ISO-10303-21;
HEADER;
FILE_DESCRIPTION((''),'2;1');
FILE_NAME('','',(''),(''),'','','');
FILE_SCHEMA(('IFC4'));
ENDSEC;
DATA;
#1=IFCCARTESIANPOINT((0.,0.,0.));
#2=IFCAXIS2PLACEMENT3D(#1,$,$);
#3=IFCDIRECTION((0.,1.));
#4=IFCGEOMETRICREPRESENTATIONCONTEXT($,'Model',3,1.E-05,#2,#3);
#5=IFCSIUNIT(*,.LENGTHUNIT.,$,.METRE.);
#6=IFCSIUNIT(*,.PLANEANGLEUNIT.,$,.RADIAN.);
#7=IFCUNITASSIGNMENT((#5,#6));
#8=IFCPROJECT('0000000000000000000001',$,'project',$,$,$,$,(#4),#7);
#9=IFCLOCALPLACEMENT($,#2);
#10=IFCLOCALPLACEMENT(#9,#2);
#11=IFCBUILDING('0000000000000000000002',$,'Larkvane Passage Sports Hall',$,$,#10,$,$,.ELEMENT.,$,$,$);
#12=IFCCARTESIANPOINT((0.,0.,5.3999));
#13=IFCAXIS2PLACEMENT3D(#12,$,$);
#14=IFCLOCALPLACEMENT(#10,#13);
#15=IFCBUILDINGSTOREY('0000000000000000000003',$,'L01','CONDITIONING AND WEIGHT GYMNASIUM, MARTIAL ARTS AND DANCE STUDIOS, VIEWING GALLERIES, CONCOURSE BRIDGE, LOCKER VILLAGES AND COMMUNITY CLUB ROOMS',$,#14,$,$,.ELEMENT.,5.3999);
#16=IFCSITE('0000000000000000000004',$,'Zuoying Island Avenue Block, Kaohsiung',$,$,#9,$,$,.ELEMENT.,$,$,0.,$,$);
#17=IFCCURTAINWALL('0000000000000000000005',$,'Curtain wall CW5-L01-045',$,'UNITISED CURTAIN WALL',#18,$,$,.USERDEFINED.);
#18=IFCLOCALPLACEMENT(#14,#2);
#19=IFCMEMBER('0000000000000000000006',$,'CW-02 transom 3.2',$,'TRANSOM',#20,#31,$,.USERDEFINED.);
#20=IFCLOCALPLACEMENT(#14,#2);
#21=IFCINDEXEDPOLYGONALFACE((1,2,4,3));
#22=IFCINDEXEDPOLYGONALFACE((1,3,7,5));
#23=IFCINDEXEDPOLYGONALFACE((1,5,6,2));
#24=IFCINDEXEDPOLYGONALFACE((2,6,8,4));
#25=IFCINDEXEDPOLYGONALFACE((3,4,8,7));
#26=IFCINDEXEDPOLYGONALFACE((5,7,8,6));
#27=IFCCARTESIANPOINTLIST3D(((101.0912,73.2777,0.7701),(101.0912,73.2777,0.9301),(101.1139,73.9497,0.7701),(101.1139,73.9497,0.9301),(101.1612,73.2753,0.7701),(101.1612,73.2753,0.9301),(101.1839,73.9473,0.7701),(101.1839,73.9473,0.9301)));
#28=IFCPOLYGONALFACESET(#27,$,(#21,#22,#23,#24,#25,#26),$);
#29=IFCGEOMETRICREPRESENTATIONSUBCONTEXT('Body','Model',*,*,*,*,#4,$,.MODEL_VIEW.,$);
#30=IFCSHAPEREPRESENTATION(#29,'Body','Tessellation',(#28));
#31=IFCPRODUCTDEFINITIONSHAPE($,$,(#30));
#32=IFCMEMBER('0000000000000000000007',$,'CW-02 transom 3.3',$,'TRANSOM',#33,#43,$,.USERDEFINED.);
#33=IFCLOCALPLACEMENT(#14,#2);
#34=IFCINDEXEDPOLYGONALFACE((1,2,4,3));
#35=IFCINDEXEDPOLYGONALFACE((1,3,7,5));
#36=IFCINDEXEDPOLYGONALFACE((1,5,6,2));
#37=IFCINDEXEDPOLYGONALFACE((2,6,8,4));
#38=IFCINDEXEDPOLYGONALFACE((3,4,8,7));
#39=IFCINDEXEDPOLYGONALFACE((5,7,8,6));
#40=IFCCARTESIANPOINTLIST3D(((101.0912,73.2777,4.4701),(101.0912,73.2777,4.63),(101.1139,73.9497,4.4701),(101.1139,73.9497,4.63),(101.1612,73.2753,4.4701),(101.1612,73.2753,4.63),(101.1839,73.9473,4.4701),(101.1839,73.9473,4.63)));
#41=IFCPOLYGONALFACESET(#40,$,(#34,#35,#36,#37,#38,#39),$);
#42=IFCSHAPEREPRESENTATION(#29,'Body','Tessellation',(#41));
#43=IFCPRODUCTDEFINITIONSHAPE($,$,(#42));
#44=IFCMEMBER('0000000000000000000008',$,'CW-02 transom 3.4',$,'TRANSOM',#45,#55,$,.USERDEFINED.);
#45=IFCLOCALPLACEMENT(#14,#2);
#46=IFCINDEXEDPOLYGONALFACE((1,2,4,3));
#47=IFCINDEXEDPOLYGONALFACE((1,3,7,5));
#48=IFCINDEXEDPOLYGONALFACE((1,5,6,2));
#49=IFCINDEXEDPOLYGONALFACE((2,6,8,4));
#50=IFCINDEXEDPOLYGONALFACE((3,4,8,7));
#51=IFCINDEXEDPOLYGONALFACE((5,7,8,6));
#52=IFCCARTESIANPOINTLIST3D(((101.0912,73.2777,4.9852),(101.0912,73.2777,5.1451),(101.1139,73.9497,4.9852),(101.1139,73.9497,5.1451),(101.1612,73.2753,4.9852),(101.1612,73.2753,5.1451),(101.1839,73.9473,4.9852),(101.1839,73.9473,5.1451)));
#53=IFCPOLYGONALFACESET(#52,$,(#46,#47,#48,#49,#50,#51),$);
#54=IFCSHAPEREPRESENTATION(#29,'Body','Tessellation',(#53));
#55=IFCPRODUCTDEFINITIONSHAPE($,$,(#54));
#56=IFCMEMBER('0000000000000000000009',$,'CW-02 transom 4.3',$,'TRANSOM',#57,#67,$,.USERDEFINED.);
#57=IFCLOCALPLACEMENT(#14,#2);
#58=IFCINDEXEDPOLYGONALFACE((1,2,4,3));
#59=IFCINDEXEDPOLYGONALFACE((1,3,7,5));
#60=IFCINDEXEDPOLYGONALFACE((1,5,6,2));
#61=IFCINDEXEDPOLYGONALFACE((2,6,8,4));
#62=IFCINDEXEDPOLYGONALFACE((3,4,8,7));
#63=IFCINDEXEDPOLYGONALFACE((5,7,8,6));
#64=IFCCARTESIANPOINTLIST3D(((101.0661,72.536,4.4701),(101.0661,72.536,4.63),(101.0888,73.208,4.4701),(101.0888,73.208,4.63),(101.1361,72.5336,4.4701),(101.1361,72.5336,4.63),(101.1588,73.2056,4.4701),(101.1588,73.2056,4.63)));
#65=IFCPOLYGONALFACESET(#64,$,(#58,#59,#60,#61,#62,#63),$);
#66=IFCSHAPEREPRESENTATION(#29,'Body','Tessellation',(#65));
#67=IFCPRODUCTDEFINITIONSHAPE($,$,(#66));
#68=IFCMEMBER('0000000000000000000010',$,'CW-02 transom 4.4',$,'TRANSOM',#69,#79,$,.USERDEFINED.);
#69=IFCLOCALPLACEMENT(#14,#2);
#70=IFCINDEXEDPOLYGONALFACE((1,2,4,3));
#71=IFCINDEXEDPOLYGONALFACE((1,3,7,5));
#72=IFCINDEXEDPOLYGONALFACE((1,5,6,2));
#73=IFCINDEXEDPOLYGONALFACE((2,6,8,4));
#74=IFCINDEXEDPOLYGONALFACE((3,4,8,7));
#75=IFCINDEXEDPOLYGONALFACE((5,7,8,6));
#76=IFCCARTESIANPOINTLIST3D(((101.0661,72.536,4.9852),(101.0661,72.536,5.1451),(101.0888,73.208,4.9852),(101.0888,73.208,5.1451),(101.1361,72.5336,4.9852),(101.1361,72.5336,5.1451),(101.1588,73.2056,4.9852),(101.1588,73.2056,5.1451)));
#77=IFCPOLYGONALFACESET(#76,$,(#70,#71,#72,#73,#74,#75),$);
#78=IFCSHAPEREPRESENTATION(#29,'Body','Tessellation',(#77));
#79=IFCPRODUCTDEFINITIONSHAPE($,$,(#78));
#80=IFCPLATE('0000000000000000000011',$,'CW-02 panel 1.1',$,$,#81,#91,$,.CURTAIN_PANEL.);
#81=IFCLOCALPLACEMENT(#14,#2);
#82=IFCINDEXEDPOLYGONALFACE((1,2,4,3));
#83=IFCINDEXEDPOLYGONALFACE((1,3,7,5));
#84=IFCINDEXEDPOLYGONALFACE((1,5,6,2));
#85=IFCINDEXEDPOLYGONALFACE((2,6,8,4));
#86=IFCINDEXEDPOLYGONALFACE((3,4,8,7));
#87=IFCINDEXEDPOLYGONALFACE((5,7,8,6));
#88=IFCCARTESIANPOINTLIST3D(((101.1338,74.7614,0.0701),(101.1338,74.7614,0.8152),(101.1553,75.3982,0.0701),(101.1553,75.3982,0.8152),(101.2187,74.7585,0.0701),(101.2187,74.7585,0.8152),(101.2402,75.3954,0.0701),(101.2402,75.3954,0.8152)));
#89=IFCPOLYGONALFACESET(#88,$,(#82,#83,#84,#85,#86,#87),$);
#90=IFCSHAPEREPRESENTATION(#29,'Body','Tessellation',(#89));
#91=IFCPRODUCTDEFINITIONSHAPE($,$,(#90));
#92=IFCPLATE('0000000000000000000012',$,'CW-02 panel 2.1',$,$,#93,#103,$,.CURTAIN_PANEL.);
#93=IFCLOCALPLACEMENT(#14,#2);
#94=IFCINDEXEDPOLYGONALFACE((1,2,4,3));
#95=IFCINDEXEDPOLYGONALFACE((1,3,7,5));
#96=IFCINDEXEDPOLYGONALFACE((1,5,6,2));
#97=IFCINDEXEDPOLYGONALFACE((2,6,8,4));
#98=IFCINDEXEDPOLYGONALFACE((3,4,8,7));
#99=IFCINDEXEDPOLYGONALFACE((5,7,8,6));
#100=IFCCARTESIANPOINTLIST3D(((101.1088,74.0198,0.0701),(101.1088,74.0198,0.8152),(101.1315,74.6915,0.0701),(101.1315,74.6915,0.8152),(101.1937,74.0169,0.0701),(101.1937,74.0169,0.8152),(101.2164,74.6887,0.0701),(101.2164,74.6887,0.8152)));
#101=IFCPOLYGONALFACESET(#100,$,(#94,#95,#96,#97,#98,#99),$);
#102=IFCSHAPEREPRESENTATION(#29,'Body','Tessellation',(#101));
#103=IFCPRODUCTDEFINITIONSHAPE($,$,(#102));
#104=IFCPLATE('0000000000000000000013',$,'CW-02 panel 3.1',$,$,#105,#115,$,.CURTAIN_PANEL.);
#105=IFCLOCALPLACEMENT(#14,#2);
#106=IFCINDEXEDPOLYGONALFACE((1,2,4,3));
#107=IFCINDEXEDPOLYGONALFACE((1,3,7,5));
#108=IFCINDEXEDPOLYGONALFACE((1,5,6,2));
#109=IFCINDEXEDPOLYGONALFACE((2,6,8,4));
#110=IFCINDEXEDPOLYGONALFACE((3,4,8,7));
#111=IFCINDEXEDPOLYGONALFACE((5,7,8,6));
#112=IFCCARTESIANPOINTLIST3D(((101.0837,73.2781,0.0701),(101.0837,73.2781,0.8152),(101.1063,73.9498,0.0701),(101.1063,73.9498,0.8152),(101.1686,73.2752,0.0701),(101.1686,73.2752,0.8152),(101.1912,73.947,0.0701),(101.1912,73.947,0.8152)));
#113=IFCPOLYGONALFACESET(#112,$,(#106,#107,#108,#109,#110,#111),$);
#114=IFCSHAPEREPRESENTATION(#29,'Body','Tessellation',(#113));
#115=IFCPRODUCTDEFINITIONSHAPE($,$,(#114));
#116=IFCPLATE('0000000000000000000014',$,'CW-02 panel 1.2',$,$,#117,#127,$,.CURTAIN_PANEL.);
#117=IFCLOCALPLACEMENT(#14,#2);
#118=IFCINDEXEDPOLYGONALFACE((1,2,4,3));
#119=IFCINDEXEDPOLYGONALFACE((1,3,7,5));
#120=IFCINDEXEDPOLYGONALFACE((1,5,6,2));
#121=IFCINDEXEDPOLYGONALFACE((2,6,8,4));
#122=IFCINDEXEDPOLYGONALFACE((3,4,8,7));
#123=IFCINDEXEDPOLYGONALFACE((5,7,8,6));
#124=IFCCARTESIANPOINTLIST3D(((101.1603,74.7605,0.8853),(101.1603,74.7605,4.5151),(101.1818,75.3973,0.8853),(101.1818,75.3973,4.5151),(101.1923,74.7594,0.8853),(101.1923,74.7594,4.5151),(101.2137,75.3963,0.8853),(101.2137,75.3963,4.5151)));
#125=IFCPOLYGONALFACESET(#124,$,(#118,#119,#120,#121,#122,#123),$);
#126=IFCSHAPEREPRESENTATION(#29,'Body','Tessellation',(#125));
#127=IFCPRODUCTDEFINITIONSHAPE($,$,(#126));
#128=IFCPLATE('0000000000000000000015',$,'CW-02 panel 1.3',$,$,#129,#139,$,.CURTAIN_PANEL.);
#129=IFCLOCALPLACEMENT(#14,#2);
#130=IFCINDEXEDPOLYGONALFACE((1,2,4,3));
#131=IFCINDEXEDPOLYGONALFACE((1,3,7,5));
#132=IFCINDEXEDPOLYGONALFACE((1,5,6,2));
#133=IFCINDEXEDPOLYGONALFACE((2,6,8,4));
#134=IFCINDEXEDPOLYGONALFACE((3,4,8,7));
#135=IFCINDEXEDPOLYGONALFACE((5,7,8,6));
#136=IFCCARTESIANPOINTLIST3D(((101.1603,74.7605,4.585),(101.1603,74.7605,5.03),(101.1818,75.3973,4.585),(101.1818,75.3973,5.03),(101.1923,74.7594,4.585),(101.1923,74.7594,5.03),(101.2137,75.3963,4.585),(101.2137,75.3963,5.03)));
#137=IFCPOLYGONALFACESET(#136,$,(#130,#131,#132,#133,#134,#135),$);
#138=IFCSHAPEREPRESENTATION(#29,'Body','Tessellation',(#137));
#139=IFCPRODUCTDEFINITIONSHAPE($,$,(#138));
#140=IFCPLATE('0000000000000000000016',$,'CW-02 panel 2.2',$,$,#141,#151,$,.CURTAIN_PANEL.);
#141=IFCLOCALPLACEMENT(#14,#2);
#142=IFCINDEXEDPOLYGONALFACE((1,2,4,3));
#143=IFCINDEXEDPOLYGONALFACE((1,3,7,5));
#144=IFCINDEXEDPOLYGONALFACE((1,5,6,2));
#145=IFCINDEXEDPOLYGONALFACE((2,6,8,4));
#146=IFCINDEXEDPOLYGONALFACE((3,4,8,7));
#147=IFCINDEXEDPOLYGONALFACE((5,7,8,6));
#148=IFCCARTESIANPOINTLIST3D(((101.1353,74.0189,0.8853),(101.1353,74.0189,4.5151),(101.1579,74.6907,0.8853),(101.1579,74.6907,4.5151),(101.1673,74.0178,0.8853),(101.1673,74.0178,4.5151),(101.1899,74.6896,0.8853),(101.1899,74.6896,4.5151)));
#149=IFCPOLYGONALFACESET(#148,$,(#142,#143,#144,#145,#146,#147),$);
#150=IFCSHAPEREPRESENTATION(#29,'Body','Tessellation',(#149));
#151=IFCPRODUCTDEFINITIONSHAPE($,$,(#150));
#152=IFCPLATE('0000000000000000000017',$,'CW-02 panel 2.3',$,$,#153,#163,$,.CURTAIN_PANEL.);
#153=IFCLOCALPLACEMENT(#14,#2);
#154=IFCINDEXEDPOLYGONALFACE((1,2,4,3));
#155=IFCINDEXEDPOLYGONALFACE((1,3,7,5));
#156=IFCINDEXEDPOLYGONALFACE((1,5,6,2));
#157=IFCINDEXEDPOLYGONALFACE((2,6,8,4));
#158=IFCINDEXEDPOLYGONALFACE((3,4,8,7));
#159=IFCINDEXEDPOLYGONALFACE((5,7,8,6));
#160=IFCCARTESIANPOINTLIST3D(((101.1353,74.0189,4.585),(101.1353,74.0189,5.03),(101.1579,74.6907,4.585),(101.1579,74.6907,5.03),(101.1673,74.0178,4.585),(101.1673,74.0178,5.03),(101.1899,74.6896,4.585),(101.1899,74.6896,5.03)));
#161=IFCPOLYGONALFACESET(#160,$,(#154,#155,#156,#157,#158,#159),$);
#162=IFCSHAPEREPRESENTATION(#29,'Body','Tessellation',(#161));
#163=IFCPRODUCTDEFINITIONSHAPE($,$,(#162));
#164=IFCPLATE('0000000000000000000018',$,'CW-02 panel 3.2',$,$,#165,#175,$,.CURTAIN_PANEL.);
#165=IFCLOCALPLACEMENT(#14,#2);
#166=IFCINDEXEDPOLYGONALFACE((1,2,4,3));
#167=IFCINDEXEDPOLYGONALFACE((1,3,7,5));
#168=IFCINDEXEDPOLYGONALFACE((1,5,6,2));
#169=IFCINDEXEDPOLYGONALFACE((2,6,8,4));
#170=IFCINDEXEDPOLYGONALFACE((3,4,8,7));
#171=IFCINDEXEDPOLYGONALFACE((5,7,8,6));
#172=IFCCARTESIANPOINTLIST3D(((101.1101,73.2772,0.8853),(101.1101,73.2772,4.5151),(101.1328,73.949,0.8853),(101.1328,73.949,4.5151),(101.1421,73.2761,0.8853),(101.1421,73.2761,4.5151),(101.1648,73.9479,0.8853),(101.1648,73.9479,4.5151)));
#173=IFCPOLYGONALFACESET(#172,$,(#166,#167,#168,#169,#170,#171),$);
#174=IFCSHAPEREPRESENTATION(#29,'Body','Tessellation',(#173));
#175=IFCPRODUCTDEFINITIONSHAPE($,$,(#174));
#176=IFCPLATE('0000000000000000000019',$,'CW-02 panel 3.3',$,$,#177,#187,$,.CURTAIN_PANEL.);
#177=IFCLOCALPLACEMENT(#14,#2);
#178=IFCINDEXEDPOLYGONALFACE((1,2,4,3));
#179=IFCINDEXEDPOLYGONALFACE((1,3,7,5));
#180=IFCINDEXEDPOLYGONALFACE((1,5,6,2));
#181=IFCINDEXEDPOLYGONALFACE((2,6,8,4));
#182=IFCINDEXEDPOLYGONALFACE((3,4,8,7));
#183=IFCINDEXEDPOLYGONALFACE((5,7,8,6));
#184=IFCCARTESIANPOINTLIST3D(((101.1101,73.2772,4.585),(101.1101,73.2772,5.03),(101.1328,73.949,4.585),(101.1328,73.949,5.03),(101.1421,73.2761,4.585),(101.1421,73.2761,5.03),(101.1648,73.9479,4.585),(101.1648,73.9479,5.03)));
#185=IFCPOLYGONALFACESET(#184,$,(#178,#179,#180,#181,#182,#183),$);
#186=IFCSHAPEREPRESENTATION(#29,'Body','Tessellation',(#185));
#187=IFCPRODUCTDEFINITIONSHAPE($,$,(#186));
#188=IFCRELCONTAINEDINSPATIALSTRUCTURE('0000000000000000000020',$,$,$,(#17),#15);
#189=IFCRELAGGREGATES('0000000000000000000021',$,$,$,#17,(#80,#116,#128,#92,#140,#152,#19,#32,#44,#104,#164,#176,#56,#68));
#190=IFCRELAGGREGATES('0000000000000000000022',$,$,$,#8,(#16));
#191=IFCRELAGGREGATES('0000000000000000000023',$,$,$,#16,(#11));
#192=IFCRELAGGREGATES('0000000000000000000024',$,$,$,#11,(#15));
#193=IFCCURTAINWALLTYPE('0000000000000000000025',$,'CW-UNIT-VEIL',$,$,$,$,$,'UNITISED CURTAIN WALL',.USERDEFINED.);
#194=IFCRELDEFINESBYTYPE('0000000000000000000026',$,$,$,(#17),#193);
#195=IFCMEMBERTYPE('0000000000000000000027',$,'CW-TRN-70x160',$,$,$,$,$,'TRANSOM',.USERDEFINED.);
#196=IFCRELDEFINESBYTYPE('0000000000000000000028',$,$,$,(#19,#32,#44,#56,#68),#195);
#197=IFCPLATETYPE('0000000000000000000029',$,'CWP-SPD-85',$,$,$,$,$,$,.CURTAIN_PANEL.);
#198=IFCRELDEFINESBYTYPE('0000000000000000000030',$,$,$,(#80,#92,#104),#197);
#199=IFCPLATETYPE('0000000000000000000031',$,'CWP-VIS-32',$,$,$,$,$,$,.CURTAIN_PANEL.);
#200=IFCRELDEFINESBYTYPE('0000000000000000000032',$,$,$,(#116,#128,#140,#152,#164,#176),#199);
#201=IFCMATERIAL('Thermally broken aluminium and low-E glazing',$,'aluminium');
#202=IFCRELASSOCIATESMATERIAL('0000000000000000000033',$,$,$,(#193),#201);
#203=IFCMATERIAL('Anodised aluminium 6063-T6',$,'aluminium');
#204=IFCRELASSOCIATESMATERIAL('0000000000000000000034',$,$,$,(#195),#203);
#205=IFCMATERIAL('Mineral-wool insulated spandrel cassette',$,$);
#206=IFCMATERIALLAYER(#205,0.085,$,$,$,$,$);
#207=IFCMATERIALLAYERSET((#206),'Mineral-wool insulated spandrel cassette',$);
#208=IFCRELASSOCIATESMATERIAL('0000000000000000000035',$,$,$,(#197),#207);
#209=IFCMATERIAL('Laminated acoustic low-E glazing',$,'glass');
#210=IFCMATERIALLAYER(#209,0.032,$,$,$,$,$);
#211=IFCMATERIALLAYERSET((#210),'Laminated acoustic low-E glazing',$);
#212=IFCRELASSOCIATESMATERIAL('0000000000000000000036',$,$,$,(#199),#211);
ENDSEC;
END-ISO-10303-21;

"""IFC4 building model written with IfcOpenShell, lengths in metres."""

from ifc_helpers import new_model, si_unit, direction, frame, origin, origin_2d, place, context, subcontext, project, spatial, rectangle, extrude, material, layer, layer_set, material_profile, profile_set, type_object, element, aggregate, save


model = new_model("IFC4")

# Units and contexts
model_context = context("Model", 3, precision=1e-05, world=origin(), true_north=direction((0.0, 1.0)))
body_context = subcontext(model_context, "Body", "Model", "MODEL_VIEW")
ifc_project = project(units=[si_unit("LENGTHUNIT", "METRE"), si_unit("PLANEANGLEUNIT", "RADIAN")], contexts=[model_context])

# Site, building, storey
site_placement = place(None, origin())
site = spatial("IfcSite", under=ifc_project, at=site_placement, Name="Zuoying Island Avenue Block, Kaohsiung", CompositionType="ELEMENT", RefElevation=0.0)
building_placement = place(site_placement, origin())
building = spatial("IfcBuilding", under=site, at=building_placement, Name="Larkvane Passage Sports Hall", CompositionType="ELEMENT")
storey_placement = place(building_placement, frame((0.0, 0.0, 5.3999)))
storey = spatial("IfcBuildingStorey", under=building, at=storey_placement, Name="L01", Description="CONDITIONING AND WEIGHT GYMNASIUM, MARTIAL ARTS AND DANCE STUDIOS, VIEWING GALLERIES, CONCOURSE BRIDGE, LOCKER VILLAGES AND COMMUNITY CLUB ROOMS", CompositionType="ELEMENT", Elevation=5.3999)

# Shared definitions
ifc_material_1 = material(Name="Thermally broken aluminium and low-E glazing", Category="aluminium")
ifc_material_2 = material(Name="Anodised aluminium 6063-T6", Category="aluminium")

# Curtain wall, members, plates
curtain_wall_type_1 = type_object("IfcCurtainWallType", Name="CW-UNIT-VEIL", ElementType="UNITISED CURTAIN WALL", PredefinedType="USERDEFINED", material=ifc_material_1)
curtain_wall_1_placement = place(storey_placement, origin())
curtain_wall_1 = element("IfcCurtainWall", 1, at=curtain_wall_1_placement, inside=storey, type_object=curtain_wall_type_1, Name="Curtain wall CW5-L01-045", ObjectType="UNITISED CURTAIN WALL", PredefinedType="USERDEFINED")
ifc_material_profile_1 = material_profile(ifc_material_2, rectangle(XDim=0.0701, YDim=0.1599, at=origin_2d()), Name="ALU-TRN-70x160")
ifc_profile_set_1 = profile_set([ifc_material_profile_1], Name="Anodised aluminium 6063-T6")
member_type_1 = type_object("IfcMemberType", Name="CW-TRN-70x160", ElementType="TRANSOM", PredefinedType="USERDEFINED", material=ifc_profile_set_1)
member_1_placement = place(storey_placement, frame((101.1489, 73.9485, 0.8501), z_axis=(-0.033774, -0.999429, 0.0), x_axis=(0.999429, -0.033774, 0.0)))
member_1 = element("IfcMember", 2, at=member_1_placement, type_object=member_type_1, Name="CW-02 transom 3.2", ObjectType="TRANSOM", PredefinedType="USERDEFINED", context=body_context, shape_type="SweptSolid", body=[
    extrude(rectangle(XDim=0.0701, YDim=0.1599, at=origin_2d()), origin(), (0.0, 0.0, 1.0), 0.6724),
])
member_2_placement = place(storey_placement, frame((101.1489, 73.9485, 4.55), z_axis=(-0.033774, -0.999429, 0.0), x_axis=(0.999429, -0.033774, 0.0)))
member_2 = element("IfcMember", 3, at=member_2_placement, type_object=member_type_1, Name="CW-02 transom 3.3", ObjectType="TRANSOM", PredefinedType="USERDEFINED", context=body_context, shape_type="SweptSolid", body=[
    extrude(rectangle(XDim=0.0701, YDim=0.1599, at=origin_2d()), origin(), (0.0, 0.0, 1.0), 0.6724),
])
member_3_placement = place(storey_placement, frame((101.1489, 73.9485, 5.0652), z_axis=(-0.033774, -0.999429, 0.0), x_axis=(0.999429, -0.033774, 0.0)))
member_3 = element("IfcMember", 4, at=member_3_placement, type_object=member_type_1, Name="CW-02 transom 3.4", ObjectType="TRANSOM", PredefinedType="USERDEFINED", context=body_context, shape_type="SweptSolid", body=[
    extrude(rectangle(XDim=0.0701, YDim=0.1599, at=origin_2d()), origin(), (0.0, 0.0, 1.0), 0.6724),
])
member_4_placement = place(storey_placement, frame((101.1238, 73.2068, 4.55), z_axis=(-0.033774, -0.999429, 0.0), x_axis=(0.999429, -0.033774, 0.0)))
member_4 = element("IfcMember", 5, at=member_4_placement, type_object=member_type_1, Name="CW-02 transom 4.3", ObjectType="TRANSOM", PredefinedType="USERDEFINED", context=body_context, shape_type="SweptSolid", body=[
    extrude(rectangle(XDim=0.0701, YDim=0.1599, at=origin_2d()), origin(), (0.0, 0.0, 1.0), 0.6724),
])
member_5_placement = place(storey_placement, frame((101.1238, 73.2068, 5.0652), z_axis=(-0.033774, -0.999429, 0.0), x_axis=(0.999429, -0.033774, 0.0)))
member_5 = element("IfcMember", 6, at=member_5_placement, type_object=member_type_1, Name="CW-02 transom 4.4", ObjectType="TRANSOM", PredefinedType="USERDEFINED", context=body_context, shape_type="SweptSolid", body=[
    extrude(rectangle(XDim=0.0701, YDim=0.1599, at=origin_2d()), origin(), (0.0, 0.0, 1.0), 0.6724),
])
ifc_material_3 = material(Name="Mineral-wool insulated spandrel cassette")
ifc_layer_1 = layer(ifc_material_3, 0.085)
ifc_layer_set_1 = layer_set([ifc_layer_1], Name="Mineral-wool insulated spandrel cassette")
plate_type_1 = type_object("IfcPlateType", Name="CWP-SPD-85", PredefinedType="CURTAIN_PANEL", material=ifc_layer_set_1)
plate_1_placement = place(storey_placement, frame((101.187, 75.0784, 0.0701), z_axis=(0.0, 0.0, 1.0), x_axis=(-0.033688, -0.999432, 0.0)))
plate_1 = element("IfcPlate", 7, at=plate_1_placement, type_object=plate_type_1, Name="CW-02 panel 1.1", PredefinedType="CURTAIN_PANEL", context=body_context, shape_type="SweptSolid", body=[
    extrude(rectangle(XDim=0.6372, YDim=0.085, at=origin_2d()), origin(), (0.0, 0.0, 1.0), 0.7451),
])
plate_2_placement = place(storey_placement, frame((101.1626, 74.3542, 0.0701), z_axis=(0.0, 0.0, 1.0), x_axis=(-0.033688, -0.999432, 0.0)))
plate_2 = element("IfcPlate", 8, at=plate_2_placement, type_object=plate_type_1, Name="CW-02 panel 2.1", PredefinedType="CURTAIN_PANEL", context=body_context, shape_type="SweptSolid", body=[
    extrude(rectangle(XDim=0.6721, YDim=0.085, at=origin_2d()), origin(), (0.0, 0.0, 1.0), 0.7451),
])
plate_3_placement = place(storey_placement, frame((101.1375, 73.6125, 0.0701), z_axis=(0.0, 0.0, 1.0), x_axis=(-0.033688, -0.999432, 0.0)))
plate_3 = element("IfcPlate", 9, at=plate_3_placement, type_object=plate_type_1, Name="CW-02 panel 3.1", PredefinedType="CURTAIN_PANEL", context=body_context, shape_type="SweptSolid", body=[
    extrude(rectangle(XDim=0.6721, YDim=0.085, at=origin_2d()), origin(), (0.0, 0.0, 1.0), 0.7451),
])
ifc_material_4 = material(Name="Laminated acoustic low-E glazing", Category="glass")
ifc_layer_2 = layer(ifc_material_4, 0.032)
ifc_layer_set_2 = layer_set([ifc_layer_2], Name="Laminated acoustic low-E glazing")
plate_type_2 = type_object("IfcPlateType", Name="CWP-VIS-32", PredefinedType="CURTAIN_PANEL", material=ifc_layer_set_2)
plate_4_placement = place(storey_placement, frame((101.187, 75.0784, 0.8853), z_axis=(0.0, 0.0, 1.0), x_axis=(-0.033688, -0.999432, 0.0)))
plate_4 = element("IfcPlate", 10, at=plate_4_placement, type_object=plate_type_2, Name="CW-02 panel 1.2", PredefinedType="CURTAIN_PANEL", context=body_context, shape_type="SweptSolid", body=[
    extrude(rectangle(XDim=0.6372, YDim=0.032, at=origin_2d()), origin(), (0.0, 0.0, 1.0), 3.6299),
])
plate_5_placement = place(storey_placement, frame((101.187, 75.0784, 4.585), z_axis=(0.0, 0.0, 1.0), x_axis=(-0.033688, -0.999432, 0.0)))
plate_5 = element("IfcPlate", 11, at=plate_5_placement, type_object=plate_type_2, Name="CW-02 panel 1.3", PredefinedType="CURTAIN_PANEL", context=body_context, shape_type="SweptSolid", body=[
    extrude(rectangle(XDim=0.6372, YDim=0.032, at=origin_2d()), origin(), (0.0, 0.0, 1.0), 0.4451),
])
plate_6_placement = place(storey_placement, frame((101.1626, 74.3542, 0.8853), z_axis=(0.0, 0.0, 1.0), x_axis=(-0.033688, -0.999432, 0.0)))
plate_6 = element("IfcPlate", 12, at=plate_6_placement, type_object=plate_type_2, Name="CW-02 panel 2.2", PredefinedType="CURTAIN_PANEL", context=body_context, shape_type="SweptSolid", body=[
    extrude(rectangle(XDim=0.6721, YDim=0.032, at=origin_2d()), origin(), (0.0, 0.0, 1.0), 3.6299),
])
plate_7_placement = place(storey_placement, frame((101.1626, 74.3542, 4.585), z_axis=(0.0, 0.0, 1.0), x_axis=(-0.033688, -0.999432, 0.0)))
plate_7 = element("IfcPlate", 13, at=plate_7_placement, type_object=plate_type_2, Name="CW-02 panel 2.3", PredefinedType="CURTAIN_PANEL", context=body_context, shape_type="SweptSolid", body=[
    extrude(rectangle(XDim=0.6721, YDim=0.032, at=origin_2d()), origin(), (0.0, 0.0, 1.0), 0.4451),
])
plate_8_placement = place(storey_placement, frame((101.1375, 73.6125, 0.8853), z_axis=(0.0, 0.0, 1.0), x_axis=(-0.033688, -0.999432, 0.0)))
plate_8 = element("IfcPlate", 14, at=plate_8_placement, type_object=plate_type_2, Name="CW-02 panel 3.2", PredefinedType="CURTAIN_PANEL", context=body_context, shape_type="SweptSolid", body=[
    extrude(rectangle(XDim=0.6721, YDim=0.032, at=origin_2d()), origin(), (0.0, 0.0, 1.0), 3.6299),
])
plate_9_placement = place(storey_placement, frame((101.1375, 73.6125, 4.585), z_axis=(0.0, 0.0, 1.0), x_axis=(-0.033688, -0.999432, 0.0)))
plate_9 = element("IfcPlate", 15, at=plate_9_placement, type_object=plate_type_2, Name="CW-02 panel 3.3", PredefinedType="CURTAIN_PANEL", context=body_context, shape_type="SweptSolid", body=[
    extrude(rectangle(XDim=0.6721, YDim=0.032, at=origin_2d()), origin(), (0.0, 0.0, 1.0), 0.4451),
])
aggregate(curtain_wall_1, [plate_1, plate_4, plate_5, plate_2, plate_6, plate_7, member_1, member_2, member_3, plate_3, plate_8, plate_9, member_4, member_5])

save(model, "model.ifc")
